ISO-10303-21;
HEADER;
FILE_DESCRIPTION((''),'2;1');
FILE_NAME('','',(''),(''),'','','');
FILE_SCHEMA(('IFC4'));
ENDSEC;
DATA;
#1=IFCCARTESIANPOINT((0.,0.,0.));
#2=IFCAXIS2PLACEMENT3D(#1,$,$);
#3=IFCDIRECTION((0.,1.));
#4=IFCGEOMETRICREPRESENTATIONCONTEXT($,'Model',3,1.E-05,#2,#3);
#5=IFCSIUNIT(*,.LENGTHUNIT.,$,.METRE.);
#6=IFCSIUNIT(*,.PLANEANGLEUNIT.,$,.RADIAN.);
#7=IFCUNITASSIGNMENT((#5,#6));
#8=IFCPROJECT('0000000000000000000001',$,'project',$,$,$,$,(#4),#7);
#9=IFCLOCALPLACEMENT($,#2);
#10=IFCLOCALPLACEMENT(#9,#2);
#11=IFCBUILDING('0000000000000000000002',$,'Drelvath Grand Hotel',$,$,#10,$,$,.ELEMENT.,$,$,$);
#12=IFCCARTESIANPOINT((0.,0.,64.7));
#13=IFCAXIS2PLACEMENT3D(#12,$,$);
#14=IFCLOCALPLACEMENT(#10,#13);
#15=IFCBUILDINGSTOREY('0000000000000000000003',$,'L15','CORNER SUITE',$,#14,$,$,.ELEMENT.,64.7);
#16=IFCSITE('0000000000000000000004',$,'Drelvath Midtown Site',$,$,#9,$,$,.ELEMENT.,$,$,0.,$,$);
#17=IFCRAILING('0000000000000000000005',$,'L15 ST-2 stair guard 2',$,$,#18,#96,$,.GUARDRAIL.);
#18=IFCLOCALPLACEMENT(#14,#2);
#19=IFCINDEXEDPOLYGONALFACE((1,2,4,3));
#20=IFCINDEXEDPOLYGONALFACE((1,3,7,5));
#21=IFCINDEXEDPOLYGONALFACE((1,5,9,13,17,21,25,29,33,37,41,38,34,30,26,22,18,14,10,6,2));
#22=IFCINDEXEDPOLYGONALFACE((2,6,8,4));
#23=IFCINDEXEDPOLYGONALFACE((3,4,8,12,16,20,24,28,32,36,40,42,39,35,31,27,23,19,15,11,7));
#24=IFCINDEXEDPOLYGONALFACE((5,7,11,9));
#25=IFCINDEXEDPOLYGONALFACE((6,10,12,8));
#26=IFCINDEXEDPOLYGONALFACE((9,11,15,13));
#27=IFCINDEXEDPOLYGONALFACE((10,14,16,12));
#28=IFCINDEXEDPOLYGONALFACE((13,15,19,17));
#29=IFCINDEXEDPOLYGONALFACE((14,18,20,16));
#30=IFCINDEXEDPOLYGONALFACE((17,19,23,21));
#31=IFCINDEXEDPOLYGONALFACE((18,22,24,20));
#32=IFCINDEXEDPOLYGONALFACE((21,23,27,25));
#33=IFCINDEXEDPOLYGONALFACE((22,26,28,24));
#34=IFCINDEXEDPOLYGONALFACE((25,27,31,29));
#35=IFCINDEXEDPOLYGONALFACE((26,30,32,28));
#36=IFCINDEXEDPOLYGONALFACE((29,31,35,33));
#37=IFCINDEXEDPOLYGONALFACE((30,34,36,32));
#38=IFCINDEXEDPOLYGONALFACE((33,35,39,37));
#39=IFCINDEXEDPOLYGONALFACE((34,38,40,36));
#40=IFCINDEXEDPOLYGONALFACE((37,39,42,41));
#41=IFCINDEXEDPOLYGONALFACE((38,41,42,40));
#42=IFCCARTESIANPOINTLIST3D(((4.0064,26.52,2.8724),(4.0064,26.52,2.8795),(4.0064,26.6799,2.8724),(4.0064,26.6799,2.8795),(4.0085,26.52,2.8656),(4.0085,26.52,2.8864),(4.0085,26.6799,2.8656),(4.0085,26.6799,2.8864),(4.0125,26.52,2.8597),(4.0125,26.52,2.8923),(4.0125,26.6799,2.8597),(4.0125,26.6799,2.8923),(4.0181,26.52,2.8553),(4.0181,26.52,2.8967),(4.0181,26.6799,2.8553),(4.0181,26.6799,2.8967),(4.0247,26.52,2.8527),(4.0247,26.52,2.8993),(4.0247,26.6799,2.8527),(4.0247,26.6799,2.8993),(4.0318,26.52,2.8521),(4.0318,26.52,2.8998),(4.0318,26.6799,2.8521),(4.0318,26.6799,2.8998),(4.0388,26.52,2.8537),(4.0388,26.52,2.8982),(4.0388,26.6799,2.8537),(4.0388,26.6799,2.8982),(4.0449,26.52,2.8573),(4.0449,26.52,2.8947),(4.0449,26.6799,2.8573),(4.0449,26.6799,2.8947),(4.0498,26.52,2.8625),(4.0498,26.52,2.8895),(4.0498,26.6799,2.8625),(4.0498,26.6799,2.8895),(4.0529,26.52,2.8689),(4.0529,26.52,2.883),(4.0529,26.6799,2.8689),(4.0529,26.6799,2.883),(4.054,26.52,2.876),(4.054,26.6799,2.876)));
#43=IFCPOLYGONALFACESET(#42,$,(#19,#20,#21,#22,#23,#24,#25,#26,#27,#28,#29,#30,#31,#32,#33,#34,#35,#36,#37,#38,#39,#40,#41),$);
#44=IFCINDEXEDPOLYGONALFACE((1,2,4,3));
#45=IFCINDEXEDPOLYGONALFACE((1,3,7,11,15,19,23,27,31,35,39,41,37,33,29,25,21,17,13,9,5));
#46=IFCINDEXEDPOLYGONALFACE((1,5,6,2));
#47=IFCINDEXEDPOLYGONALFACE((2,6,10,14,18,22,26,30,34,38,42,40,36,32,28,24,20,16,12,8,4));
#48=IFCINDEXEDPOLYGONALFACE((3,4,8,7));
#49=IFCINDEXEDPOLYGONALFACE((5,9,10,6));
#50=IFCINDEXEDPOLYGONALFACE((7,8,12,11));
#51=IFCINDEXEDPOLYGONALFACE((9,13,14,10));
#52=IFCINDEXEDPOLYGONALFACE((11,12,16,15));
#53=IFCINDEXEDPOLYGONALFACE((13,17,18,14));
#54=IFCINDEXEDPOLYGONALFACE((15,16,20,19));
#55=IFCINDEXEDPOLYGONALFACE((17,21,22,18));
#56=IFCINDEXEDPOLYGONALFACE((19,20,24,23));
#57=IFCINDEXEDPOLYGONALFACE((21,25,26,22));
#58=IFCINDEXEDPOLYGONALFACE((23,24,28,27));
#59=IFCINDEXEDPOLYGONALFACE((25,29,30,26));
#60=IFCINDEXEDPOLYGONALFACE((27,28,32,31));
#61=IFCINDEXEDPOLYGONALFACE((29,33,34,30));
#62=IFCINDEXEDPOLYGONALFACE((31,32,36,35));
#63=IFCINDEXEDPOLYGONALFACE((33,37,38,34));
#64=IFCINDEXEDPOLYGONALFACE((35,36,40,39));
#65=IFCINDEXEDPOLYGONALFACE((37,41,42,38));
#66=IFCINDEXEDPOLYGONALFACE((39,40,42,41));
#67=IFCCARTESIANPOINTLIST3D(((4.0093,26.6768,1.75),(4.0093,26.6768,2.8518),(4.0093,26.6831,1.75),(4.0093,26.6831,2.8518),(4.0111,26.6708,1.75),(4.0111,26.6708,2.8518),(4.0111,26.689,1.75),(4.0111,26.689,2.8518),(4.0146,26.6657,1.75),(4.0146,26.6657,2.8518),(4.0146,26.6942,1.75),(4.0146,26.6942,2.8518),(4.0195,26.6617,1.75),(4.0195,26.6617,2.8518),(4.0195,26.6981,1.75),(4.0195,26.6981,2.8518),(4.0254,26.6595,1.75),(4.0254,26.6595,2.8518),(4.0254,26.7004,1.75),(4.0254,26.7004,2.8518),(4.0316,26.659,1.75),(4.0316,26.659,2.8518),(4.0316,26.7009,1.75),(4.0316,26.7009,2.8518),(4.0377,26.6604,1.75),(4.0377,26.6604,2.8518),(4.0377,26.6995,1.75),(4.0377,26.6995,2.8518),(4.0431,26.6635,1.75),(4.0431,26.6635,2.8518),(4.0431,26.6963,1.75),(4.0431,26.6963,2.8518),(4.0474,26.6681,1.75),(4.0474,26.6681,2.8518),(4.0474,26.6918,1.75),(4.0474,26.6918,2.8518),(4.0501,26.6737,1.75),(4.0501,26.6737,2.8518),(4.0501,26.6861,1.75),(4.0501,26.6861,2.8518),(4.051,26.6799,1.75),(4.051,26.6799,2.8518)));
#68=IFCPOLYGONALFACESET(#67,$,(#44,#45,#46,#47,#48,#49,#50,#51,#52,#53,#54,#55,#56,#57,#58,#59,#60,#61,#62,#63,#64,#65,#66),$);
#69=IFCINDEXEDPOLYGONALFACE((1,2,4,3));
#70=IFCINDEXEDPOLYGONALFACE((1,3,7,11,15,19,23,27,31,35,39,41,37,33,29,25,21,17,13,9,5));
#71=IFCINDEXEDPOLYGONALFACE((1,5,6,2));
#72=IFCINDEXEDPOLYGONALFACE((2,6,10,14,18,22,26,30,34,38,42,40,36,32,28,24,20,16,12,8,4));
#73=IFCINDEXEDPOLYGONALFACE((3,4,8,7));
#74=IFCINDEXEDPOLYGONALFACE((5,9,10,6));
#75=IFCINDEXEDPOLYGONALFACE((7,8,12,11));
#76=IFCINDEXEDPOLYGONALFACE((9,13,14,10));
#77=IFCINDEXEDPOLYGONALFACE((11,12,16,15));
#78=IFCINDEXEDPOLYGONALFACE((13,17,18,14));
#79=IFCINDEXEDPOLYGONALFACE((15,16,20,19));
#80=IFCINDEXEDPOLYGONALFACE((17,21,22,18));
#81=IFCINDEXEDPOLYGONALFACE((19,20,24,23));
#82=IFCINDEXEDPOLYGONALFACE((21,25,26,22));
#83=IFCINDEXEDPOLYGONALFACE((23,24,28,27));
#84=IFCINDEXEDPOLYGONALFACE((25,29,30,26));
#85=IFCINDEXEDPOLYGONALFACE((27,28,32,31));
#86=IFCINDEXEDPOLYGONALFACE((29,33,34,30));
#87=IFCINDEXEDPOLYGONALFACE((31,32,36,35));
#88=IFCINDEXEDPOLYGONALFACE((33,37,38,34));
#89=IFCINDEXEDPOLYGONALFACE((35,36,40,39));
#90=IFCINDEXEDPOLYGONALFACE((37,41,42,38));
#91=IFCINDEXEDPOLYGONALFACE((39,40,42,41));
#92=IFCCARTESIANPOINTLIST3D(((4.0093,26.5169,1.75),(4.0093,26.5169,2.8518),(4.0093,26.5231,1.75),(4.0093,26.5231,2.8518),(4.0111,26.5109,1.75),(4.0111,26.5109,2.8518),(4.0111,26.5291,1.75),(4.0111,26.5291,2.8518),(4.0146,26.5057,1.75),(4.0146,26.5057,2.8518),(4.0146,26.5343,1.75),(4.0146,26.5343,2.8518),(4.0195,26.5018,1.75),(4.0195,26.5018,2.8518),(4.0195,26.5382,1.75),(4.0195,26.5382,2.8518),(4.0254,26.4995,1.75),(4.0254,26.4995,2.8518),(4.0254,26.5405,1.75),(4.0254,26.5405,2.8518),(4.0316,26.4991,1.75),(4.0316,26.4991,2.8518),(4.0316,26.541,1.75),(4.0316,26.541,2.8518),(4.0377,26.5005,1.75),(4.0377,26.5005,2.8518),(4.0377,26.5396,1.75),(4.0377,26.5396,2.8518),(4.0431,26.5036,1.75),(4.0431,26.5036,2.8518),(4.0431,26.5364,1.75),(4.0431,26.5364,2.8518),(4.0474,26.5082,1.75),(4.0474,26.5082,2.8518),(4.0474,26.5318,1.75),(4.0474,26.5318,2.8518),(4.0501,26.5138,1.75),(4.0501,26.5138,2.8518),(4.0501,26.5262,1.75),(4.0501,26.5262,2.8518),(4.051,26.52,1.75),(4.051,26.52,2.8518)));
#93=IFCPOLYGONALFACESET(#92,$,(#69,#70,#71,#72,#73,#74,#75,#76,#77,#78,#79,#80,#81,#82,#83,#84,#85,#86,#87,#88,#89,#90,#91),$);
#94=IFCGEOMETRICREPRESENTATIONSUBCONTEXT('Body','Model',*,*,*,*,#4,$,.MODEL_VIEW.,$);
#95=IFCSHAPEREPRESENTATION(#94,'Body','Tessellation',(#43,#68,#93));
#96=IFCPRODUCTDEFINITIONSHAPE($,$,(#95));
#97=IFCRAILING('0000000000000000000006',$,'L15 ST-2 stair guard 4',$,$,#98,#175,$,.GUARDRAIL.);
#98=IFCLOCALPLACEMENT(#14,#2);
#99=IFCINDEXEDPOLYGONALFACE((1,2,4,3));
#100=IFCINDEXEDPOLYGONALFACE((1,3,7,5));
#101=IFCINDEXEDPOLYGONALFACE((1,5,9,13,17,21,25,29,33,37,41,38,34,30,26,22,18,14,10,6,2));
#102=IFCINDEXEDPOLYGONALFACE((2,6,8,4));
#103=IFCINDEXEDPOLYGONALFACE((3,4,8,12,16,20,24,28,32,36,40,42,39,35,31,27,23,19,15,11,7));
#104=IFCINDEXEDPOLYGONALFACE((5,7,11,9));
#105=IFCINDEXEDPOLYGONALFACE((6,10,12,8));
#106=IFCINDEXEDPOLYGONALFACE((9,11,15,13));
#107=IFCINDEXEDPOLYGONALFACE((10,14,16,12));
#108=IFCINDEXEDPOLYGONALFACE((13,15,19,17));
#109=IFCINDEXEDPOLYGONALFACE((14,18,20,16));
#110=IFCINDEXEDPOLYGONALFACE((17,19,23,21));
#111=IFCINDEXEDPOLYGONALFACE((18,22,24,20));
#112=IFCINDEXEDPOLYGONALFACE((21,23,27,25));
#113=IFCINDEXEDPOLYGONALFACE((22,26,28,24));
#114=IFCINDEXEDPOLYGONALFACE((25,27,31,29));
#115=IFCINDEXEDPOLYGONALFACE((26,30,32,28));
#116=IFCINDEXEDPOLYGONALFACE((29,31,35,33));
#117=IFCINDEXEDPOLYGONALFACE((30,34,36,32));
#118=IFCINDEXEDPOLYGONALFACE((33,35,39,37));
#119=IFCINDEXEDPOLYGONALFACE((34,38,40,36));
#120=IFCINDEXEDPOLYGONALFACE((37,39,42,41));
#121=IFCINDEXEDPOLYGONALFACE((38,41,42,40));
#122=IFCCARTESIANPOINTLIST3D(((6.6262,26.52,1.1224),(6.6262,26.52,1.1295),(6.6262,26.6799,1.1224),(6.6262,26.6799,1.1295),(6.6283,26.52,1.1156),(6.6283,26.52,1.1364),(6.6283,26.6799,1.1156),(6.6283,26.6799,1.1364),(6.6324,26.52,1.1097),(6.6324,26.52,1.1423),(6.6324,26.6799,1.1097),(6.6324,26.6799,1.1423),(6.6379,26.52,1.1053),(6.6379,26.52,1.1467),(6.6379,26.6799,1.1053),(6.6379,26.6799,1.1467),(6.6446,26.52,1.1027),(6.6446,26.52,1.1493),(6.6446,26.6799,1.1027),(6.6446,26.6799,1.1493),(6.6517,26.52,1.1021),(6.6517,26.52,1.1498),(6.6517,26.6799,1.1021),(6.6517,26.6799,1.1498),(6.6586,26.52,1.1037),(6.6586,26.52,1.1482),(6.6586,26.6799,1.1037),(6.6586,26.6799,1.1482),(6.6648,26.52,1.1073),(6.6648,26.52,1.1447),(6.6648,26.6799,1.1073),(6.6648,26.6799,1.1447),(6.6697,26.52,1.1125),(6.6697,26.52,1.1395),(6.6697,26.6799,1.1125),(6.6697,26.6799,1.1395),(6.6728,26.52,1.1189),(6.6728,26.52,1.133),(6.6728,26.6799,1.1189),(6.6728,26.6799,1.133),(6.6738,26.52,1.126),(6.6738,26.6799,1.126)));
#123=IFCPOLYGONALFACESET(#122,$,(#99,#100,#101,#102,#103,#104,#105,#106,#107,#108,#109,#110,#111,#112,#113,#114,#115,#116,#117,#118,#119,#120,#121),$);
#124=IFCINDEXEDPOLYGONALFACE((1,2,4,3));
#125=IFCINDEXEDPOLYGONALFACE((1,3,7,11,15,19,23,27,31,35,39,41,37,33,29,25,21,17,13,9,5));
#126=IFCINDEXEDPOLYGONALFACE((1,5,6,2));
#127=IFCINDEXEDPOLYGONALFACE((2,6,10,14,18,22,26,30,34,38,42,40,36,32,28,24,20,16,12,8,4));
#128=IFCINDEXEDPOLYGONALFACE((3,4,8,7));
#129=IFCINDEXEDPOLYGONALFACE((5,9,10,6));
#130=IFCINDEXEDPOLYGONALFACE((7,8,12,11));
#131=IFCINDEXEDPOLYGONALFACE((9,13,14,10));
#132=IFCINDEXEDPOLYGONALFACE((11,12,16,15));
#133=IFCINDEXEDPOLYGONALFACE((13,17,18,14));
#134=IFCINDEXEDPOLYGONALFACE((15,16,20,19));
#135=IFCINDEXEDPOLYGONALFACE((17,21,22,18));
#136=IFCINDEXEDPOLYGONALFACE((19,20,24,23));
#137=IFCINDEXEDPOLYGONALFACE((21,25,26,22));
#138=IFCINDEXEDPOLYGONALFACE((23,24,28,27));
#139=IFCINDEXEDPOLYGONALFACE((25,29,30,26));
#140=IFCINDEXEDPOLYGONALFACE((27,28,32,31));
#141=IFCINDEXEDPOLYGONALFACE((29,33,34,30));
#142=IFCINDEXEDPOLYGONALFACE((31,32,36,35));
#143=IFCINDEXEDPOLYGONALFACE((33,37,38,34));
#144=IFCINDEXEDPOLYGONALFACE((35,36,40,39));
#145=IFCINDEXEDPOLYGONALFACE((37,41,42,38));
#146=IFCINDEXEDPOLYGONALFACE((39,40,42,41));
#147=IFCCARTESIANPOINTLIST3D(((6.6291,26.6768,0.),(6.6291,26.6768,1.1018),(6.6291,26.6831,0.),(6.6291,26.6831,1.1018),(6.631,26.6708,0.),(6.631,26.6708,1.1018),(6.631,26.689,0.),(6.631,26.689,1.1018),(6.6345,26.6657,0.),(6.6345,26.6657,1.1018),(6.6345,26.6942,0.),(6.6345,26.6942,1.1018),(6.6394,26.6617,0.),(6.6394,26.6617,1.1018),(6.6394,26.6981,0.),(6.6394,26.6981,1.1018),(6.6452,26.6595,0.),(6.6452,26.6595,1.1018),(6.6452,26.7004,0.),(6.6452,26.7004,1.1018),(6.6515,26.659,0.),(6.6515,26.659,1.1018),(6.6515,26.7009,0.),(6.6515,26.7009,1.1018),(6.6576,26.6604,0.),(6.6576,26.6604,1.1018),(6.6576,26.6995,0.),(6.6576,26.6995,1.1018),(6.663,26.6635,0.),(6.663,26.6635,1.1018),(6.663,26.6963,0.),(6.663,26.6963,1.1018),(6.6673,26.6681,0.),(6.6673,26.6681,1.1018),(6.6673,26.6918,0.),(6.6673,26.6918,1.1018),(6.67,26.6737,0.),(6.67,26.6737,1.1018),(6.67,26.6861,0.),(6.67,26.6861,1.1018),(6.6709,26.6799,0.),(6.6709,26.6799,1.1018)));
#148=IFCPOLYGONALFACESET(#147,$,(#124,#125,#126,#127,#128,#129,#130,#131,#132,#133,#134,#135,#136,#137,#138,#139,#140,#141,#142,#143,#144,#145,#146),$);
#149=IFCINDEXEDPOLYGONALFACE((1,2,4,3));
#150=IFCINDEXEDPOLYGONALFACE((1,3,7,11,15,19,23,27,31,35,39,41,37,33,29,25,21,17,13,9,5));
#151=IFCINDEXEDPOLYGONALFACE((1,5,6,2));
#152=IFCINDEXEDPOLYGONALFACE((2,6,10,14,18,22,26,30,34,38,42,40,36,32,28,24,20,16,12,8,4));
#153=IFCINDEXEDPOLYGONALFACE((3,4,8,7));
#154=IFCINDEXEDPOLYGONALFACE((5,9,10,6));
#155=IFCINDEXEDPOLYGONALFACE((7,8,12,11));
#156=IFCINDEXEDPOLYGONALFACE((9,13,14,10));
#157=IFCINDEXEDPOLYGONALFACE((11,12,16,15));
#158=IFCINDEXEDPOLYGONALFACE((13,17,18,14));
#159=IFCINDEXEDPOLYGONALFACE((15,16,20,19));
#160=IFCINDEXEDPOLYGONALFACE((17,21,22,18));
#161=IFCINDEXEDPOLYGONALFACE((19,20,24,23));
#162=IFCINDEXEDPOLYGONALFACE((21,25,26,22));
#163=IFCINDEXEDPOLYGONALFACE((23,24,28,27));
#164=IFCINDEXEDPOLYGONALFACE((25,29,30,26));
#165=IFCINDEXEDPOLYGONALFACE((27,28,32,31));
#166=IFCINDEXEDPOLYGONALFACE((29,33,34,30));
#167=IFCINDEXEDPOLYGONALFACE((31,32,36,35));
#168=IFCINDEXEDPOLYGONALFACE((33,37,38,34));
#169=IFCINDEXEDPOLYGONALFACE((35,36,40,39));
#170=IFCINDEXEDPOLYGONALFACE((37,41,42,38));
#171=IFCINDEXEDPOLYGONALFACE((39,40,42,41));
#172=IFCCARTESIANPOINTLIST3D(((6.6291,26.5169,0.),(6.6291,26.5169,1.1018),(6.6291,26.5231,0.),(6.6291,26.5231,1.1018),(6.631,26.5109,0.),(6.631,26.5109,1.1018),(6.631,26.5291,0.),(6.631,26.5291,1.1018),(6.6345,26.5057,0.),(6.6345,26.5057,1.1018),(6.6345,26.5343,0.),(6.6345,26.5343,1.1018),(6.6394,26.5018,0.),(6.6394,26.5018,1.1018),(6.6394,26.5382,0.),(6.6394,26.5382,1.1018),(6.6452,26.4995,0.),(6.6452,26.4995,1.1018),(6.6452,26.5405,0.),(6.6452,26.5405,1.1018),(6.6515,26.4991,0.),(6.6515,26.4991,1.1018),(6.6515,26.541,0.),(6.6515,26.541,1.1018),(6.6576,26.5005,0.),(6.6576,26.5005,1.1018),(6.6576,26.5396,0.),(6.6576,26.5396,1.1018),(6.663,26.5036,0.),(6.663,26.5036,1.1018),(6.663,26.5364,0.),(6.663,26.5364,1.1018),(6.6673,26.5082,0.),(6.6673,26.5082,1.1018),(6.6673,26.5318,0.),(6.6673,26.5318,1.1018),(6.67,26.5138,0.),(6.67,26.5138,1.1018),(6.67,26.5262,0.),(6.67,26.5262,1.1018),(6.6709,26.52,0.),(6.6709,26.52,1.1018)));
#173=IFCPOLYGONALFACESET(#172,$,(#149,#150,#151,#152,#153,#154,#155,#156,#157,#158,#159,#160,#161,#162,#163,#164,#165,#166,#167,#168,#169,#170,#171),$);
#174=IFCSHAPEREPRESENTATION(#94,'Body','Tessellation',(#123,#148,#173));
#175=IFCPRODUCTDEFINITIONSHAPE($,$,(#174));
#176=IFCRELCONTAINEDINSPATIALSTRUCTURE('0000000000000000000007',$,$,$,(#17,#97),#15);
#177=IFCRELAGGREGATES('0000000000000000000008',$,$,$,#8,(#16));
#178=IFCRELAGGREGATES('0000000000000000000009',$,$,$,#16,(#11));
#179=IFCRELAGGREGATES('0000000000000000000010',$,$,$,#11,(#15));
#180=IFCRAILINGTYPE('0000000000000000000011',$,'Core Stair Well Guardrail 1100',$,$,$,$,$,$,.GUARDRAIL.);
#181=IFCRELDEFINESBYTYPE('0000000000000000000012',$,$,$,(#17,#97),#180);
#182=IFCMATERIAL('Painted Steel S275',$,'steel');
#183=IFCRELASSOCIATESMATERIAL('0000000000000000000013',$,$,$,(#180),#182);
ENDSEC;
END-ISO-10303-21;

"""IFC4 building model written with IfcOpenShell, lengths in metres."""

from ifc_helpers import new_model, si_unit, direction, frame, origin, origin_2d, place, context, subcontext, project, spatial, circle, extrude, material, type_object, element, save


model = new_model("IFC4")

# Units and contexts
model_context = context("Model", 3, precision=1e-05, world=origin(), true_north=direction((0.0, 1.0)))
body_context = subcontext(model_context, "Body", "Model", "MODEL_VIEW")
ifc_project = project(units=[si_unit("LENGTHUNIT", "METRE"), si_unit("PLANEANGLEUNIT", "RADIAN")], contexts=[model_context])

# Site, building, storey
site_placement = place(None, origin())
site = spatial("IfcSite", under=ifc_project, at=site_placement, Name="Drelvath Midtown Site", CompositionType="ELEMENT", RefElevation=0.0)
building_placement = place(site_placement, origin())
building = spatial("IfcBuilding", under=site, at=building_placement, Name="Drelvath Grand Hotel", CompositionType="ELEMENT")
storey_placement = place(building_placement, frame((0.0, 0.0, 64.7)))
storey = spatial("IfcBuildingStorey", under=building, at=storey_placement, Name="L15", Description="CORNER SUITE", CompositionType="ELEMENT", Elevation=64.7)

# Shared definitions
ifc_material_1 = material(Name="Painted Steel S275", Category="steel")

# Railings
railing_type_1 = type_object("IfcRailingType", Name="Core Stair Well Guardrail 1100", PredefinedType="GUARDRAIL", material=ifc_material_1)
for number, where, name in (
    (1, (4.03, 26.6799, 1.75), "L15 ST-2 stair guard 2"),
    (2, (6.6499, 26.6799, 0.0), "L15 ST-2 stair guard 4"),
):
    element("IfcRailing", number, at=place(storey_placement, frame(where)), inside=storey, type_object=railing_type_1, Name=name, PredefinedType="GUARDRAIL", context=body_context, shape_type="SweptSolid", body=[
        extrude(circle(Radius=0.0239, at=origin_2d()), frame((0.0, 0.0, 1.126), z_axis=(0.0, -1.0, 0.0), x_axis=(1.0, 0.0, 0.0)), (0.0, 0.0, 1.0), 0.1599),
        extrude(circle(Radius=0.021, at=origin_2d()), origin(), (0.0, 0.0, 1.0), 1.1018),
        extrude(circle(Radius=0.021, at=origin_2d()), frame((0.0, -0.1599, 0.0)), (0.0, 0.0, 1.0), 1.1018),
    ])

save(model, "model.ifc")
